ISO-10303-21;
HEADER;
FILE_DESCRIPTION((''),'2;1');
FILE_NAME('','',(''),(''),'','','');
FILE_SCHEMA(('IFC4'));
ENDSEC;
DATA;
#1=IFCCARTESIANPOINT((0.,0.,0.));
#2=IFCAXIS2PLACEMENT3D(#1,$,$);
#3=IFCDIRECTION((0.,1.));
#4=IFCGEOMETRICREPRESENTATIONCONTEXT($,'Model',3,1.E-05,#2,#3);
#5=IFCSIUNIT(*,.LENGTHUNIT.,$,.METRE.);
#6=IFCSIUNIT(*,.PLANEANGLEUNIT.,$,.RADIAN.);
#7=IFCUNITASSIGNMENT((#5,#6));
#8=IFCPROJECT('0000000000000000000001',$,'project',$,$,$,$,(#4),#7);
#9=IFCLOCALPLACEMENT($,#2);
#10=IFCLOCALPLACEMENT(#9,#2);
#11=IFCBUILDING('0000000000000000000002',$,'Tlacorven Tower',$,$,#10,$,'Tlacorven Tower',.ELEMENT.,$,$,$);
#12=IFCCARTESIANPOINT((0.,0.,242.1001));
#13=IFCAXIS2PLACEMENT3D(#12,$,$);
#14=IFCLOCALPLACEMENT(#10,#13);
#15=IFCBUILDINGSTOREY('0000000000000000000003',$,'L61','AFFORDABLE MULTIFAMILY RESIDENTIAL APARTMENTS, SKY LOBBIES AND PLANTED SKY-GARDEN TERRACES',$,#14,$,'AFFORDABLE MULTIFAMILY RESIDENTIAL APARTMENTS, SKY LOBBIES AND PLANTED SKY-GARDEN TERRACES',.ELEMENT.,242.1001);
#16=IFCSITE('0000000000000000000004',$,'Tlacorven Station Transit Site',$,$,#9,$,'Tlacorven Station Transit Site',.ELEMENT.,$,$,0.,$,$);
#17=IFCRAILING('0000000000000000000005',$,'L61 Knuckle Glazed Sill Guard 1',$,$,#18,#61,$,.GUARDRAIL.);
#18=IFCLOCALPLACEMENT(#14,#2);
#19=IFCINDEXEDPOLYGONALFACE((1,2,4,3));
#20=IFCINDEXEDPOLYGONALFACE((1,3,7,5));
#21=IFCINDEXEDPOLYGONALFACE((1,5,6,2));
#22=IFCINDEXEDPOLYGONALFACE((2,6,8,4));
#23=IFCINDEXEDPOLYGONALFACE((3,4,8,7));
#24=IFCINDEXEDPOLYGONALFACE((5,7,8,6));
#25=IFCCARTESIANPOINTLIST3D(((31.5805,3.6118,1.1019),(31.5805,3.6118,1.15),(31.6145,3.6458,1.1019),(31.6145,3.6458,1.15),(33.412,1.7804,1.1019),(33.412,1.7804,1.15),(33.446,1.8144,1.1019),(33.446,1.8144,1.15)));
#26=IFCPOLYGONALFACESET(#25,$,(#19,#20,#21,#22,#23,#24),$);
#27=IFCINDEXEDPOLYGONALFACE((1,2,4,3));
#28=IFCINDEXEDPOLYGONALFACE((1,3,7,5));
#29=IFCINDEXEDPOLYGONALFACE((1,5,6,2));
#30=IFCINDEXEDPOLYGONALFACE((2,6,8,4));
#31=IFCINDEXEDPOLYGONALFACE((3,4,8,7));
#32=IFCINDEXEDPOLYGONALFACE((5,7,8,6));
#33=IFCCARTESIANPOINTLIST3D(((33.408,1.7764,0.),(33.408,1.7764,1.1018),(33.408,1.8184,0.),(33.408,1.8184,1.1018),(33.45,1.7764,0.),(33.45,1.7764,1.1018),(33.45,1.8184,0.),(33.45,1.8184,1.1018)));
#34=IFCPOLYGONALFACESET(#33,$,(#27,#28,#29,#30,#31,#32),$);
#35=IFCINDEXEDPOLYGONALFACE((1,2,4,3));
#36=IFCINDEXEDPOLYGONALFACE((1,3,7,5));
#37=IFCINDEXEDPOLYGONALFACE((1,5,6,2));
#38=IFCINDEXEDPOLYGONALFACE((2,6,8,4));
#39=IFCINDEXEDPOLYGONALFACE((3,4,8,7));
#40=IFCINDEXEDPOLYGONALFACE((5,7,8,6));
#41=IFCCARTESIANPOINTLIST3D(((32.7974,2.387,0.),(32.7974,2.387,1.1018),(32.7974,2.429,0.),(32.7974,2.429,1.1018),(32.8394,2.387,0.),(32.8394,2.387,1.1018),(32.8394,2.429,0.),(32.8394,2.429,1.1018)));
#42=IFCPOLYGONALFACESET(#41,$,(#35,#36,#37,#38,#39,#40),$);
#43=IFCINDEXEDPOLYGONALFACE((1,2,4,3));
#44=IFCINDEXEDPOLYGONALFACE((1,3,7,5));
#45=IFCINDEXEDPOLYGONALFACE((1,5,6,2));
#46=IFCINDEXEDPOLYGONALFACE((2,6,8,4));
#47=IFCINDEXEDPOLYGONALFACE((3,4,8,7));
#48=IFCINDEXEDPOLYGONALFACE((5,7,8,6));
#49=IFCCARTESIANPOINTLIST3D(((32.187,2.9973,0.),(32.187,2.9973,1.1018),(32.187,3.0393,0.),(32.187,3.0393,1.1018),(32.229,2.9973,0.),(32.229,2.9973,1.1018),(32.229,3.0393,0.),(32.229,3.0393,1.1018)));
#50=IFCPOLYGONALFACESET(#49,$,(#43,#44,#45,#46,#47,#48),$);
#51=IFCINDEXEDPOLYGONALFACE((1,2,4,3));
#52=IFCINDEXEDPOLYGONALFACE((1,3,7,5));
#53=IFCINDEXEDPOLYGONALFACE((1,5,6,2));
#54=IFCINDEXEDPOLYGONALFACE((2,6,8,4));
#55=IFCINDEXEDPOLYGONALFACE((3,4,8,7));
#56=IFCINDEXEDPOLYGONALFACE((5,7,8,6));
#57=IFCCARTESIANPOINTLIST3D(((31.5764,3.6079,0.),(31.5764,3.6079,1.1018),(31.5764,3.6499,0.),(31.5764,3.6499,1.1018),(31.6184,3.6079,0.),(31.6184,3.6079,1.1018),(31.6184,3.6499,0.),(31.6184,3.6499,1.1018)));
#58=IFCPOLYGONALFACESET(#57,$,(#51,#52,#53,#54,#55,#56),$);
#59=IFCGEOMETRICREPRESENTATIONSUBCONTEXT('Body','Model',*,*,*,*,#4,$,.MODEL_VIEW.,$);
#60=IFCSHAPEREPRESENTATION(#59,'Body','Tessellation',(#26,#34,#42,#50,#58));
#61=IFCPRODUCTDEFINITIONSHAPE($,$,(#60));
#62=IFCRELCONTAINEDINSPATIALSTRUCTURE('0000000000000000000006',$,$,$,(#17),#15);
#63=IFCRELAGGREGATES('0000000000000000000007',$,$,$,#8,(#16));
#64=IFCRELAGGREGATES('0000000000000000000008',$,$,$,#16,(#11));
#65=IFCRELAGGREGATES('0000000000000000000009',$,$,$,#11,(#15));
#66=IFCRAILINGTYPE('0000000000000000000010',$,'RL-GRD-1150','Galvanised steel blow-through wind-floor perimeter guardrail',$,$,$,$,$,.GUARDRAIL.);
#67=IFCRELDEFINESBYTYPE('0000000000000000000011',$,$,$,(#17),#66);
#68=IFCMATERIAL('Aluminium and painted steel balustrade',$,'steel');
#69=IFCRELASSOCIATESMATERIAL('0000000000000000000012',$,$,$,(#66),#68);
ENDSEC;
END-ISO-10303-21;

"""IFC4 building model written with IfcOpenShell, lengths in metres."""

from ifc_helpers import new_model, si_unit, direction, frame, origin, origin_2d, place, context, subcontext, project, spatial, rectangle, extrude, source, transform, mapped, material, type_object, element, save


model = new_model("IFC4")

# Units and contexts
model_context = context("Model", 3, precision=1e-05, world=origin(), true_north=direction((0.0, 1.0)))
body_context = subcontext(model_context, "Body", "Model", "MODEL_VIEW")
ifc_project = project(units=[si_unit("LENGTHUNIT", "METRE"), si_unit("PLANEANGLEUNIT", "RADIAN")], contexts=[model_context])

# Site, building, storey
site_placement = place(None, origin())
site = spatial("IfcSite", under=ifc_project, at=site_placement, Name="Tlacorven Station Transit Site", LongName="Tlacorven Station Transit Site", CompositionType="ELEMENT", RefElevation=0.0)
building_placement = place(site_placement, origin())
building = spatial("IfcBuilding", under=site, at=building_placement, Name="Tlacorven Tower", LongName="Tlacorven Tower", CompositionType="ELEMENT")
storey_placement = place(building_placement, frame((0.0, 0.0, 242.1001)))
storey = spatial("IfcBuildingStorey", under=building, at=storey_placement, Name="L61", Description="AFFORDABLE MULTIFAMILY RESIDENTIAL APARTMENTS, SKY LOBBIES AND PLANTED SKY-GARDEN TERRACES", LongName="AFFORDABLE MULTIFAMILY RESIDENTIAL APARTMENTS, SKY LOBBIES AND PLANTED SKY-GARDEN TERRACES", CompositionType="ELEMENT", Elevation=242.1001)

# Railing
ifc_material_1 = material(Name="Aluminium and painted steel balustrade", Category="steel")
railing_type = type_object("IfcRailingType", Name="RL-GRD-1150", Description="Galvanised steel blow-through wind-floor perimeter guardrail", PredefinedType="GUARDRAIL", material=ifc_material_1)
shared_shape_1 = source(origin(), body_context, "Body", "SweptSolid", [
    extrude(rectangle(XDim=0.0481, YDim=0.0481, at=origin_2d()), frame((0.0, 0.0, 1.126), z_axis=(-0.707107, 0.707107, 0.0), x_axis=(-0.707107, -0.707107, 0.0)), (0.0, 0.0, 1.0), 2.5901),
    extrude(rectangle(XDim=0.042, YDim=0.042, at=origin_2d()), origin(), (0.0, 0.0, 1.0), 1.1018),
    extrude(rectangle(XDim=0.042, YDim=0.042, at=origin_2d()), frame((-0.6106, 0.6106, 0.0)), (0.0, 0.0, 1.0), 1.1018),
    extrude(rectangle(XDim=0.042, YDim=0.042, at=origin_2d()), frame((-1.2209, 1.2209, 0.0)), (0.0, 0.0, 1.0), 1.1018),
    extrude(rectangle(XDim=0.042, YDim=0.042, at=origin_2d()), frame((-1.8315, 1.8315, 0.0)), (0.0, 0.0, 1.0), 1.1018),
])
railing_placement = place(storey_placement, frame((33.429, 1.7974, 0.0)))
element("IfcRailing", 1, at=railing_placement, inside=storey, type_object=railing_type, Name="L61 Knuckle Glazed Sill Guard 1", PredefinedType="GUARDRAIL", context=body_context, shape_type="MappedRepresentation", body=[
    mapped(shared_shape_1, transform((0.0, 0.0, 0.0), scale=1.0)),
])

save(model, "model.ifc")
